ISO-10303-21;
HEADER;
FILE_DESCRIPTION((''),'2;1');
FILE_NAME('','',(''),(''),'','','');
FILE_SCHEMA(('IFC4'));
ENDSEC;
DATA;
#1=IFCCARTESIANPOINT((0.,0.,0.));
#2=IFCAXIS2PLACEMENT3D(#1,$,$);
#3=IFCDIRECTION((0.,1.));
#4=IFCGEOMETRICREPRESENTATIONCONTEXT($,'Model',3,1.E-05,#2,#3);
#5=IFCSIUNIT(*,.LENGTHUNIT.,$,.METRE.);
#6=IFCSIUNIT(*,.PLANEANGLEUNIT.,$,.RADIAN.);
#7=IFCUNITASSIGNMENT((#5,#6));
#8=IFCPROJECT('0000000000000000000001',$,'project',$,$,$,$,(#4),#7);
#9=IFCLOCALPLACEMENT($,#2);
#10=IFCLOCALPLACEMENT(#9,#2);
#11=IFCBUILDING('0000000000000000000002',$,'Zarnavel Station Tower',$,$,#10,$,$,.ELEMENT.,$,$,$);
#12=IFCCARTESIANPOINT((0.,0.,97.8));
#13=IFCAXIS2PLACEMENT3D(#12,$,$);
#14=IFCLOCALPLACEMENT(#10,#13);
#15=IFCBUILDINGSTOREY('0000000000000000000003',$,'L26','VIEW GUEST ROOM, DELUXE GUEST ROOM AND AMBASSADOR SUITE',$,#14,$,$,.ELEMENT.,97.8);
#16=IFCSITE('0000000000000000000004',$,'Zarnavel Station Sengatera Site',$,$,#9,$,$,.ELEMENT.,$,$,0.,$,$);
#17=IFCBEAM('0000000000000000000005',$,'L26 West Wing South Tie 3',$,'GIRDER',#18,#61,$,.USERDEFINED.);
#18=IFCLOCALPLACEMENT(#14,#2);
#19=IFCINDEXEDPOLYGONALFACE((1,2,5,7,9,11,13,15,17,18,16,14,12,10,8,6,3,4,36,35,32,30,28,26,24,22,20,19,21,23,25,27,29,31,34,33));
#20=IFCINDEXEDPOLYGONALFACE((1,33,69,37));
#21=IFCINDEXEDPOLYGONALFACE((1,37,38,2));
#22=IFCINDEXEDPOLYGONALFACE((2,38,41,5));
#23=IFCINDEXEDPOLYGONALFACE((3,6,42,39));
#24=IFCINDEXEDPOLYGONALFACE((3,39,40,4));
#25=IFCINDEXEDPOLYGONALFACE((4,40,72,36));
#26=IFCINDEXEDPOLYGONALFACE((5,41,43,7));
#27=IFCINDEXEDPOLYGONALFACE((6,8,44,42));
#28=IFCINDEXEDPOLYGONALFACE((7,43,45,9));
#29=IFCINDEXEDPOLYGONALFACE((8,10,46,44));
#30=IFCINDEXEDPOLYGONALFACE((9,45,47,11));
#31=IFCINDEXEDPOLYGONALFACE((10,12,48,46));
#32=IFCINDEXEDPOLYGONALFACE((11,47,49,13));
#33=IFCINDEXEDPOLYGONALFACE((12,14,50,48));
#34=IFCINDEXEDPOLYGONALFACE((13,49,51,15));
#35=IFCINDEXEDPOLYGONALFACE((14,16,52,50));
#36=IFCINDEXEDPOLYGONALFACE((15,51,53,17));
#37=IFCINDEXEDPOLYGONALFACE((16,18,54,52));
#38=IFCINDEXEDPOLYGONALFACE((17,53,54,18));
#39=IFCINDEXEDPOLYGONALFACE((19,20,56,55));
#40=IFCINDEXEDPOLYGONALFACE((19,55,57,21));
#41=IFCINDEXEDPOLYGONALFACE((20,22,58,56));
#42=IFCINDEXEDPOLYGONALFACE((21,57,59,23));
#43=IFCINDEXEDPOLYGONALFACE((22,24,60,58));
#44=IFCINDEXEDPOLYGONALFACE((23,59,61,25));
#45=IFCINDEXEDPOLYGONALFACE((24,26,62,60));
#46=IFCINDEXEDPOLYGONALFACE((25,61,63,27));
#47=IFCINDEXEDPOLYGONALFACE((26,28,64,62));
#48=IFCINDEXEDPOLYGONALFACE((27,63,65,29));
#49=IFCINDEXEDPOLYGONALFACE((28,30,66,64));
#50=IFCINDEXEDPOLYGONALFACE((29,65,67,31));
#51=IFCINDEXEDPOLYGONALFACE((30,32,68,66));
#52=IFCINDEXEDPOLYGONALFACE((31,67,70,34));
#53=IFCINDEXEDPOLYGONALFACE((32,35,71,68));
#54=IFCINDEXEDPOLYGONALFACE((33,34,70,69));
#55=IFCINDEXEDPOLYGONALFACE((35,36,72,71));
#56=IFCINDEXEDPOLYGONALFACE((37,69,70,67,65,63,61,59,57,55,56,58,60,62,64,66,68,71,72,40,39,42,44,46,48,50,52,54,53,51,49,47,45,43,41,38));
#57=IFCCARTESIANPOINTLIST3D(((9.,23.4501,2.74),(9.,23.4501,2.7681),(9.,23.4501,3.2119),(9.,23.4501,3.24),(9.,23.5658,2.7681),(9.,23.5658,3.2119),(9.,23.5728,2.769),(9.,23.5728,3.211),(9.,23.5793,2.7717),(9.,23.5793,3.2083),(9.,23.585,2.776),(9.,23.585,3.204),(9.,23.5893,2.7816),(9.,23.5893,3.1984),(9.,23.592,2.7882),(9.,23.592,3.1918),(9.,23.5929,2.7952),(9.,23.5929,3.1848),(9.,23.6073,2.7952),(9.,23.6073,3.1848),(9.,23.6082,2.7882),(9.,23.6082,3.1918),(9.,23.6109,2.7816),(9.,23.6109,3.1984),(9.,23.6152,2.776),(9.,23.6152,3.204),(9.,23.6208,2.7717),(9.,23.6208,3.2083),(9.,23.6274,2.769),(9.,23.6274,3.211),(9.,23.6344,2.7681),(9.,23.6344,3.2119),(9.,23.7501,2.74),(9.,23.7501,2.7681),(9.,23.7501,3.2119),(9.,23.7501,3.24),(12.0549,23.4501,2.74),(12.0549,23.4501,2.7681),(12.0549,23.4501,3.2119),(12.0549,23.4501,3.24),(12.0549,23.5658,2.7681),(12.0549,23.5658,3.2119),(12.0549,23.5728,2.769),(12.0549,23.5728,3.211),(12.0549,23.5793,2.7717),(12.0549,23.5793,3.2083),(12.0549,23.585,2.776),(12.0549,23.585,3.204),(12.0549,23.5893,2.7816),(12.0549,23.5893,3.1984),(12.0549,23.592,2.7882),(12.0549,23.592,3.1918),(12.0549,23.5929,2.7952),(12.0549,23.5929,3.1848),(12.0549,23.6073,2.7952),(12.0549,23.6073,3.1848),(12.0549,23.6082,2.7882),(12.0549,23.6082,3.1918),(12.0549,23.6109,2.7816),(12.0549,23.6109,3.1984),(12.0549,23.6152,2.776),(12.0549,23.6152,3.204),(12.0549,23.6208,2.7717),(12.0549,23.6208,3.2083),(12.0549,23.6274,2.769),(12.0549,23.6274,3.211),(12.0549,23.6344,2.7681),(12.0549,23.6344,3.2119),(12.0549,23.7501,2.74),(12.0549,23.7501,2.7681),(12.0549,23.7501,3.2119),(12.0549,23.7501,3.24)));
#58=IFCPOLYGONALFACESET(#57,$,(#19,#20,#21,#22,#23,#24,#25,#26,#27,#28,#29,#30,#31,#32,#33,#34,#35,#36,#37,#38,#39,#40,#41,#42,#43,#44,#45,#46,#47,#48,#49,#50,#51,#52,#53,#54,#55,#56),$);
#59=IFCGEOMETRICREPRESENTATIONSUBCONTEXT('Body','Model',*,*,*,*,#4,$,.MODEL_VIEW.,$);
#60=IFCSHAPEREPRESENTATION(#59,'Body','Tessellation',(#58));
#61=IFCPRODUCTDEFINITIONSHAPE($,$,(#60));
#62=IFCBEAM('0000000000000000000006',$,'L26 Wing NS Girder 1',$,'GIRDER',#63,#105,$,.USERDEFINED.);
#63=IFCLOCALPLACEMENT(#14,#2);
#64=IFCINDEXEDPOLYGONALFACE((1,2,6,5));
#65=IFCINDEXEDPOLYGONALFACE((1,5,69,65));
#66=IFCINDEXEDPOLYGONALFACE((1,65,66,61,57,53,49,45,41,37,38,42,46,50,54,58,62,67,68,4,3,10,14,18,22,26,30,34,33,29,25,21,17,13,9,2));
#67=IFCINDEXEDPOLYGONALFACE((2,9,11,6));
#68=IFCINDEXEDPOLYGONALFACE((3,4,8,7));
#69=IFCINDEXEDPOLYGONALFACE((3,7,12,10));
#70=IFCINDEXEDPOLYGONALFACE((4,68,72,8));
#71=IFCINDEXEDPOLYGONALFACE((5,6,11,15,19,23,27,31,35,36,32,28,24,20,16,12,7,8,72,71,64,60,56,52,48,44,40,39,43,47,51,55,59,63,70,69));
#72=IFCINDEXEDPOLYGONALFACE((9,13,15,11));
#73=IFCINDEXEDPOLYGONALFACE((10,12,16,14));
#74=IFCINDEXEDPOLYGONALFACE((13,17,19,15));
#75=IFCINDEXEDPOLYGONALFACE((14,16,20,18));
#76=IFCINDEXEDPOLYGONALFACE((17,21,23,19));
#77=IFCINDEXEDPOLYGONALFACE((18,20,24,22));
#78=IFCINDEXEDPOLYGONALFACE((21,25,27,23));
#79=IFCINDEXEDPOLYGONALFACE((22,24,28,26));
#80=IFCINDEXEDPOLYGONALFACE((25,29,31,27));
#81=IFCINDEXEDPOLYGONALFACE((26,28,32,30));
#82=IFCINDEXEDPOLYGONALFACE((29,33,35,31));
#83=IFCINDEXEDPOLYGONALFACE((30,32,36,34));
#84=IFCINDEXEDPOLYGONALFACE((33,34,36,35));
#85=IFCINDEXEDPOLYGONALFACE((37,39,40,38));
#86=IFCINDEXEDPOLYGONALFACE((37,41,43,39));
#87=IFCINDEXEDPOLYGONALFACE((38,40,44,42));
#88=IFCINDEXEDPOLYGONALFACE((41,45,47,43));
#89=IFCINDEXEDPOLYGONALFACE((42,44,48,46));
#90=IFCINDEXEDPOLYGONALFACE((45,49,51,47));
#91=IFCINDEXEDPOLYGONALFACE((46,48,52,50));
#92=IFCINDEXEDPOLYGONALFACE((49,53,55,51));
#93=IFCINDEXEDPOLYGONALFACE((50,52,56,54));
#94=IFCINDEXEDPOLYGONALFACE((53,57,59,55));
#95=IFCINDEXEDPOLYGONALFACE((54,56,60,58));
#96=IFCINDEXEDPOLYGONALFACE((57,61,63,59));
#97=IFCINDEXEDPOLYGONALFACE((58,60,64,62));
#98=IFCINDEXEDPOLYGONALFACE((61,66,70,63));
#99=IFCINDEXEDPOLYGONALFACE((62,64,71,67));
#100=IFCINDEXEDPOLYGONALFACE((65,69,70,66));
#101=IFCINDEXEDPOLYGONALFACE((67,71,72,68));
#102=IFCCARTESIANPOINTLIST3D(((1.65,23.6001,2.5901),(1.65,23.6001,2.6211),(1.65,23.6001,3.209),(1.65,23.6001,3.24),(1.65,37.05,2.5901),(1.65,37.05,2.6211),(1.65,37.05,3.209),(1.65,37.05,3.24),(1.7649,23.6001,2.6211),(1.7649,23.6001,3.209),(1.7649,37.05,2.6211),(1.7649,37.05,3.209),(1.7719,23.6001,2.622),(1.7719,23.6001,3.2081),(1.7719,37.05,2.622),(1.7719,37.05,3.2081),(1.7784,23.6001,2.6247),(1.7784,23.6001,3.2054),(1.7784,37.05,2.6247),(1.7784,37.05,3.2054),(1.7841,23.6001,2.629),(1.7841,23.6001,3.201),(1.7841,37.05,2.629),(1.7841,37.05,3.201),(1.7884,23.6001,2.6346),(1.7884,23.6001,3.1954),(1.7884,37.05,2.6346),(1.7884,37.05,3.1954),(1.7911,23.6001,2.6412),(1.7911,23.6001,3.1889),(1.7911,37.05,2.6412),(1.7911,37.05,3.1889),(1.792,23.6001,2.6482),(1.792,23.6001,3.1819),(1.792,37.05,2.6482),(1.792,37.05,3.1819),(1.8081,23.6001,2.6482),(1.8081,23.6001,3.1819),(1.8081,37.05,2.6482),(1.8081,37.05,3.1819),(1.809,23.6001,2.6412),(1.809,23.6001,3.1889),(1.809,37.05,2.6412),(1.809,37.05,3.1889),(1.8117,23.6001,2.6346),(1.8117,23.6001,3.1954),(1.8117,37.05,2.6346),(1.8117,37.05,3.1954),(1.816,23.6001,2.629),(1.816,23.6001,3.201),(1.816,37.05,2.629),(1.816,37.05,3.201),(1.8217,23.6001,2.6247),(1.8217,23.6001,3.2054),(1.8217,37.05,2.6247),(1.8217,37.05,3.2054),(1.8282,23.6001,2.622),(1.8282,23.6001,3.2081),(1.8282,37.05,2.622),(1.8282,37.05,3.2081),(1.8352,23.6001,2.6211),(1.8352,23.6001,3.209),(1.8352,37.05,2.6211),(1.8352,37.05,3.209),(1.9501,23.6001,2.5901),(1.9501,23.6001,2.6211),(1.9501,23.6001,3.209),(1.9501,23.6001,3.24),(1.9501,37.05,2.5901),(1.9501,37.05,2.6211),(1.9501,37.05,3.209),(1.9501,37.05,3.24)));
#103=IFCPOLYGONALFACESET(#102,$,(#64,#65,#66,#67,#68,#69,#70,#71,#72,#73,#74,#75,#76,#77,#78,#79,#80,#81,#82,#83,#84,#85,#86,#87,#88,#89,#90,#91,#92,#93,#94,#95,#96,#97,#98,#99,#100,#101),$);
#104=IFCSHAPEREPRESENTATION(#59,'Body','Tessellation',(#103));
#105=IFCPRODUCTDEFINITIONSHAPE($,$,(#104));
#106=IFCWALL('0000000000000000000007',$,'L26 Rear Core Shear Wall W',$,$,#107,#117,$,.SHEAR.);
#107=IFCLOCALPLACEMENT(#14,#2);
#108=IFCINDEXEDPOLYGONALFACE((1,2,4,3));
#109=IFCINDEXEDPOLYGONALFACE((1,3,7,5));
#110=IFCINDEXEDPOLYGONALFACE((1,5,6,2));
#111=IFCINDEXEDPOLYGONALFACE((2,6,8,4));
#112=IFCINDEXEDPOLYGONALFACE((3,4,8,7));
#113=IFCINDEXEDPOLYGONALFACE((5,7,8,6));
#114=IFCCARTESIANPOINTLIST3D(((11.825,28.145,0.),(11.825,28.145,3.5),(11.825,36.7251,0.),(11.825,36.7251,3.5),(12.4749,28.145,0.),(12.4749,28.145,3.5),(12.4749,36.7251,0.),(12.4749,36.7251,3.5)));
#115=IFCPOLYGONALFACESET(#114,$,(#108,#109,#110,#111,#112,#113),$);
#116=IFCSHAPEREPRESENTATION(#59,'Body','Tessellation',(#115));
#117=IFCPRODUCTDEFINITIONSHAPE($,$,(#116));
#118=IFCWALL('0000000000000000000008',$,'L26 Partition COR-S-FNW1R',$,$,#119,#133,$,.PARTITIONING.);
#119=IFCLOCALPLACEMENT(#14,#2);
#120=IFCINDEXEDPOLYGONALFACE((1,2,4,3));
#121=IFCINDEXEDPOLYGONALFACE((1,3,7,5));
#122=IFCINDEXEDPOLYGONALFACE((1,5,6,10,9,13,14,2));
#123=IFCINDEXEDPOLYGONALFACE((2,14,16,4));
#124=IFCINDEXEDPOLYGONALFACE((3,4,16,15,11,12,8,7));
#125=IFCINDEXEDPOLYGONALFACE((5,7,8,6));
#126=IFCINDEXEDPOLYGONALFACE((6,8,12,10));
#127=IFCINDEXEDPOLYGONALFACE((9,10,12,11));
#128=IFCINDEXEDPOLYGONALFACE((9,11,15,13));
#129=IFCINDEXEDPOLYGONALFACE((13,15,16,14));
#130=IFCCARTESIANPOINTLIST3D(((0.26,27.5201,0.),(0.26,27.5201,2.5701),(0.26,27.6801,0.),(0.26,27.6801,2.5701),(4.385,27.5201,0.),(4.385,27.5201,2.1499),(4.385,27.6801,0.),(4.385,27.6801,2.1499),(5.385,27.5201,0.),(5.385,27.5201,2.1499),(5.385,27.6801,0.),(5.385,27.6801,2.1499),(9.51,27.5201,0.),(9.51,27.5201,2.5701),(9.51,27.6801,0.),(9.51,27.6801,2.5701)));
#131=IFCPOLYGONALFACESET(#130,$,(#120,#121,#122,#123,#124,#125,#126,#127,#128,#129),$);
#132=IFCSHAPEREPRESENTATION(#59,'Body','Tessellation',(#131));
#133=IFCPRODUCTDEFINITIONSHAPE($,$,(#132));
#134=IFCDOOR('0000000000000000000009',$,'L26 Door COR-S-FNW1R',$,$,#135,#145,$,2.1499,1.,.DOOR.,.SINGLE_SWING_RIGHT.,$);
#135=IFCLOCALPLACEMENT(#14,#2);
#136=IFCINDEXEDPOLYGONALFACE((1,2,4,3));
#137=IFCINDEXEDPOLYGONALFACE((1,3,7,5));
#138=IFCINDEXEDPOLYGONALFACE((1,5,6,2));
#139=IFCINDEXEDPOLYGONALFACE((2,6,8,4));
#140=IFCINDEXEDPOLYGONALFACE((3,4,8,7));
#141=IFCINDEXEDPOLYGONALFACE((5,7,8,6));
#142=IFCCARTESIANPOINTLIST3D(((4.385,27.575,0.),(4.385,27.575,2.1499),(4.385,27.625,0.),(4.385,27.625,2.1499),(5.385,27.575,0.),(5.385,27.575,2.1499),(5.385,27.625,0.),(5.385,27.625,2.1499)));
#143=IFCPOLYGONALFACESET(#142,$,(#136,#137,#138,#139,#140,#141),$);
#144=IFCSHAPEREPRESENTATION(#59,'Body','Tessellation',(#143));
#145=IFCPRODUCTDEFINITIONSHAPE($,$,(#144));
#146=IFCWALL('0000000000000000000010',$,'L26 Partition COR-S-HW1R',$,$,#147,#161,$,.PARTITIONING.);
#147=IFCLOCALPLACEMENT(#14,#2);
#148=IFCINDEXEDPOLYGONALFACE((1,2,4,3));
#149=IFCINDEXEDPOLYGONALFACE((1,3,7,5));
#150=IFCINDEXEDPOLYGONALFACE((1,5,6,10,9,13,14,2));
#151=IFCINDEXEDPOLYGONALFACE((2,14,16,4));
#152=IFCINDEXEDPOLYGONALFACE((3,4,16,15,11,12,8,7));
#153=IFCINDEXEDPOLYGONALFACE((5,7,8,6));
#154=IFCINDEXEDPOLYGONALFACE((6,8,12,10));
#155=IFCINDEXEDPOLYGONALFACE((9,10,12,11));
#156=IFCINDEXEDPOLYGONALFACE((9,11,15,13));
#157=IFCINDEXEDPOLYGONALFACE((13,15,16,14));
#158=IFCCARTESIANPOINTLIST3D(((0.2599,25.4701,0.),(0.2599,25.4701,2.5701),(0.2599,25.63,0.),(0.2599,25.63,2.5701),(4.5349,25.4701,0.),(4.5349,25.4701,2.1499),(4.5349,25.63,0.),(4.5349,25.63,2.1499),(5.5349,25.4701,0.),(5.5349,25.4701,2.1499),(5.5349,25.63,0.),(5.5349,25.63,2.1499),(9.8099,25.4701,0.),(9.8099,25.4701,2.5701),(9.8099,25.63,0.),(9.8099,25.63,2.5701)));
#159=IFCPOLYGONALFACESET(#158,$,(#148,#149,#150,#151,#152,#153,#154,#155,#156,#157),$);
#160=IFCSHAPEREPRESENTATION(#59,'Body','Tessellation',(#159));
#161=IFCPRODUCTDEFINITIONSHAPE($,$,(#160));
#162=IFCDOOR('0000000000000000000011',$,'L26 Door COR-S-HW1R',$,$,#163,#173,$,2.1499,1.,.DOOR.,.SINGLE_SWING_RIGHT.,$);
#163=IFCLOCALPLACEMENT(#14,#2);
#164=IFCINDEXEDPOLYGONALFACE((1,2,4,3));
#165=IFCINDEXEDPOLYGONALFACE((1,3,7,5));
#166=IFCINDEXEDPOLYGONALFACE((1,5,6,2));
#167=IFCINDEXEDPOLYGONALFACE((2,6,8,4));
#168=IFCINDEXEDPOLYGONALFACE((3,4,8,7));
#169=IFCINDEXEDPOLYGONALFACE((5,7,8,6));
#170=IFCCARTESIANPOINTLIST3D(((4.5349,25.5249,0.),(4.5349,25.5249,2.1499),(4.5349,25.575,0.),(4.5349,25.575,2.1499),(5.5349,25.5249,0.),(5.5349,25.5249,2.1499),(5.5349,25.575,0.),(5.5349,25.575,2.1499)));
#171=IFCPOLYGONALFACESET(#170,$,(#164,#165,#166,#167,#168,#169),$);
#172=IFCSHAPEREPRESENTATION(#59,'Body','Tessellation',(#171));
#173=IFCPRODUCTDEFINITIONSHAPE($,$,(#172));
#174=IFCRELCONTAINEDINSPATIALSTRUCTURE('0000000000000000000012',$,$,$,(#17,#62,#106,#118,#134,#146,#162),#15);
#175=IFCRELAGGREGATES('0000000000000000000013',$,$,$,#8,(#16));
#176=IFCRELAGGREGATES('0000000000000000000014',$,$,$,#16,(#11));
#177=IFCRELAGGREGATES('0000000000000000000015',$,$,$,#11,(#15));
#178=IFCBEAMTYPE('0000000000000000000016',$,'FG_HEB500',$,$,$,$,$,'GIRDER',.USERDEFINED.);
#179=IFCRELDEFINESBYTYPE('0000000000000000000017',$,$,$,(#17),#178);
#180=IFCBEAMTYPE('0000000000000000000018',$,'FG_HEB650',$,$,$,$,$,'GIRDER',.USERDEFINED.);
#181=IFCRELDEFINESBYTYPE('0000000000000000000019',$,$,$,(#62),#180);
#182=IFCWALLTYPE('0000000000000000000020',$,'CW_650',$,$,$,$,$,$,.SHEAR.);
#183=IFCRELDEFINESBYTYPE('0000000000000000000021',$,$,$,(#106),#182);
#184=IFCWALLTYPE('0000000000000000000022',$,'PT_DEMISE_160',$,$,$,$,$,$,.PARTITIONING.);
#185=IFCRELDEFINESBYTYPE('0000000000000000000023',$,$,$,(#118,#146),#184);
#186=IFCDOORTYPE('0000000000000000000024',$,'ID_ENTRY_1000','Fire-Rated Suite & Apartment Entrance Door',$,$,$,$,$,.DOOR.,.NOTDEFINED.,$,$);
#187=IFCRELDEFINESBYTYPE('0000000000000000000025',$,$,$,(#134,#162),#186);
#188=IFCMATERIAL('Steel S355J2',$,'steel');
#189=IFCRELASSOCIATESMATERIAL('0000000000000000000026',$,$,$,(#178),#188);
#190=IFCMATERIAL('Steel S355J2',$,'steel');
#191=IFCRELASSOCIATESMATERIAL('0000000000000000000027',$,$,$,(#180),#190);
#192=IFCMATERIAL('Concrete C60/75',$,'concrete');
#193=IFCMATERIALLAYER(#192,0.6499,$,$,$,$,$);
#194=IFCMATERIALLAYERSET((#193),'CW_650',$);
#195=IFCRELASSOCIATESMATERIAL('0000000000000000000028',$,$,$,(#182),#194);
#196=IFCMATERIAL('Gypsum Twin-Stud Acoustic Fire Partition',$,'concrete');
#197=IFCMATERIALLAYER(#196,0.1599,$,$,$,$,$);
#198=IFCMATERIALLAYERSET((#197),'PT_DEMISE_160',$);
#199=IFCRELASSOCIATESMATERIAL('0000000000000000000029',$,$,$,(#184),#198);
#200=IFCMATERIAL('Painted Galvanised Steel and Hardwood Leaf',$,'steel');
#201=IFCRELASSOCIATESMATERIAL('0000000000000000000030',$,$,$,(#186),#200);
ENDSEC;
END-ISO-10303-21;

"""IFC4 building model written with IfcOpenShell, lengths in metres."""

from ifc_helpers import new_model, si_unit, direction, frame, frame_2d, origin, origin_2d, place, context, subcontext, project, spatial, rectangle, i_section, extrude, material, layer, layer_set, material_profile, profile_set, type_object, element, fill, save


model = new_model("IFC4")

# Units and contexts
model_context = context("Model", 3, precision=1e-05, world=origin(), true_north=direction((0.0, 1.0)))
body_context = subcontext(model_context, "Body", "Model", "MODEL_VIEW")
ifc_project = project(units=[si_unit("LENGTHUNIT", "METRE"), si_unit("PLANEANGLEUNIT", "RADIAN")], contexts=[model_context])

# Site, building, storey
site_placement = place(None, origin())
site = spatial("IfcSite", under=ifc_project, at=site_placement, Name="Zarnavel Station Sengatera Site", CompositionType="ELEMENT", RefElevation=0.0)
building_placement = place(site_placement, origin())
building = spatial("IfcBuilding", under=site, at=building_placement, Name="Zarnavel Station Tower", CompositionType="ELEMENT")
storey_placement = place(building_placement, frame((0.0, 0.0, 97.8)))
storey = spatial("IfcBuildingStorey", under=building, at=storey_placement, Name="L26", Description="VIEW GUEST ROOM, DELUXE GUEST ROOM AND AMBASSADOR SUITE", CompositionType="ELEMENT", Elevation=97.8)

# Beams
ifc_material_1 = material(Name="Steel S355J2", Category="steel")
ifc_material_profile_1 = material_profile(ifc_material_1, i_section(OverallWidth=0.3, OverallDepth=0.5, WebThickness=0.0144, FlangeThickness=0.0281, FilletRadius=0.0271, at=origin_2d()), Name="HEB500")
ifc_profile_set_1 = profile_set([ifc_material_profile_1], Name="Steel S355J2")
beam_type_1 = type_object("IfcBeamType", Name="FG_HEB500", ElementType="GIRDER", PredefinedType="USERDEFINED", material=ifc_profile_set_1)
beam_1_placement = place(storey_placement, frame((9.0, 23.6001, 2.99), z_axis=(1.0, 0.0, 0.0), x_axis=(0.0, 1.0, 0.0)))
element("IfcBeam", 1, at=beam_1_placement, inside=storey, type_object=beam_type_1, Name="L26 West Wing South Tie 3", ObjectType="GIRDER", PredefinedType="USERDEFINED", context=body_context, shape_type="SweptSolid", body=[
    extrude(i_section(OverallWidth=0.3, OverallDepth=0.5, WebThickness=0.0144, FlangeThickness=0.0281, FilletRadius=0.0271, at=origin_2d()), origin(), (0.0, 0.0, 1.0), 3.0549),
])
ifc_material_2 = material(Name="Steel S355J2", Category="steel")
ifc_material_profile_2 = material_profile(ifc_material_2, i_section(OverallWidth=0.3, OverallDepth=0.6499, WebThickness=0.0161, FlangeThickness=0.031, FilletRadius=0.0271, at=origin_2d()), Name="HEB650")
ifc_profile_set_2 = profile_set([ifc_material_profile_2], Name="Steel S355J2")
beam_type_2 = type_object("IfcBeamType", Name="FG_HEB650", ElementType="GIRDER", PredefinedType="USERDEFINED", material=ifc_profile_set_2)
beam_2_placement = place(storey_placement, frame((1.8, 23.6001, 2.915), z_axis=(0.0, 1.0, 0.0), x_axis=(-1.0, 0.0, 0.0)))
element("IfcBeam", 2, at=beam_2_placement, inside=storey, type_object=beam_type_2, Name="L26 Wing NS Girder 1", ObjectType="GIRDER", PredefinedType="USERDEFINED", context=body_context, shape_type="SweptSolid", body=[
    extrude(i_section(OverallWidth=0.3, OverallDepth=0.6499, WebThickness=0.0161, FlangeThickness=0.031, FilletRadius=0.0271, at=origin_2d()), origin(), (0.0, 0.0, 1.0), 13.45),
])

# Wall
ifc_material_3 = material(Name="Concrete C60/75", Category="concrete")
ifc_layer_1 = layer(ifc_material_3, 0.6499)
ifc_layer_set_1 = layer_set([ifc_layer_1], Name="CW_650")
wall_type_1 = type_object("IfcWallType", Name="CW_650", PredefinedType="SHEAR", material=ifc_layer_set_1)
wall_1_placement = place(storey_placement, frame((12.1499, 28.145, 0.0), z_axis=(0.0, 0.0, 1.0), x_axis=(0.0, 1.0, 0.0)))
element("IfcWall", 3, at=wall_1_placement, inside=storey, type_object=wall_type_1, Name="L26 Rear Core Shear Wall W", PredefinedType="SHEAR", context=body_context, shape_type="SweptSolid", body=[
    extrude(rectangle(XDim=8.5801, YDim=0.6499, at=frame_2d((4.29, 0.0))), origin(), (0.0, 0.0, 1.0), 3.5),
])

# Walls, openings, doors
ifc_material_4 = material(Name="Gypsum Twin-Stud Acoustic Fire Partition", Category="concrete")
ifc_layer_2 = layer(ifc_material_4, 0.1599)
ifc_layer_set_2 = layer_set([ifc_layer_2], Name="PT_DEMISE_160")
wall_type_2 = type_object("IfcWallType", Name="PT_DEMISE_160", PredefinedType="PARTITIONING", material=ifc_layer_set_2)
wall_2_placement = place(storey_placement, frame((0.26, 27.6001, 0.0), z_axis=(0.0, 0.0, 1.0), x_axis=(1.0, 0.0, 0.0)))
wall_2 = element("IfcWall", 4, at=wall_2_placement, inside=storey, type_object=wall_type_2, Name="L26 Partition COR-S-FNW1R", PredefinedType="PARTITIONING", context=body_context, shape_type="SweptSolid", body=[
    extrude(rectangle(XDim=9.25, YDim=0.1599, at=frame_2d((4.625, 0.0))), origin(), (0.0, 0.0, 1.0), 2.5701),
])
opening_1_placement = place(wall_2_placement, frame((4.125, 0.0, 0.0)))
opening_1 = element("IfcOpeningElement", 5, at=opening_1_placement, cuts=wall_2, PredefinedType="OPENING", context=body_context, shape_type="SweptSolid", body=[
    extrude(rectangle(XDim=1.0, YDim=2.1499, at=frame_2d((0.5, 1.075))), frame((0.0, 0.0898, 0.0), z_axis=(0.0, -1.0, 0.0), x_axis=(1.0, 0.0, 0.0)), (0.0, 0.0, 1.0), 0.1799),
])
ifc_material_5 = material(Name="Painted Galvanised Steel and Hardwood Leaf", Category="steel")
door_type_1 = type_object("IfcDoorType", Name="ID_ENTRY_1000", Description="Fire-Rated Suite & Apartment Entrance Door", OperationType="NOTDEFINED", PredefinedType="DOOR", material=ifc_material_5)
door_1_placement = place(opening_1_placement, origin())
door_1 = element("IfcDoor", 6, at=door_1_placement, inside=storey, type_object=door_type_1, Name="L26 Door COR-S-FNW1R", OperationType="SINGLE_SWING_RIGHT", OverallHeight=2.1499, OverallWidth=1.0, PredefinedType="DOOR", context=body_context, shape_type="SweptSolid", body=[
    extrude(rectangle(XDim=1.0, YDim=2.1499, at=frame_2d((0.5, 1.075))), frame((0.0, 0.0249, 0.0), z_axis=(0.0, -1.0, 0.0), x_axis=(1.0, 0.0, 0.0)), (0.0, 0.0, 1.0), 0.05),
])
fill(opening_1, door_1)
wall_3_placement = place(storey_placement, frame((0.26, 25.55, 0.0), z_axis=(0.0, 0.0, 1.0), x_axis=(1.0, 0.0, 0.0)))
wall_3 = element("IfcWall", 7, at=wall_3_placement, inside=storey, type_object=wall_type_2, Name="L26 Partition COR-S-HW1R", PredefinedType="PARTITIONING", context=body_context, shape_type="SweptSolid", body=[
    extrude(rectangle(XDim=9.55, YDim=0.1599, at=frame_2d((4.7749, 0.0))), origin(), (0.0, 0.0, 1.0), 2.5701),
])
opening_2_placement = place(wall_3_placement, frame((4.2749, 0.0, 0.0)))
opening_2 = element("IfcOpeningElement", 8, at=opening_2_placement, cuts=wall_3, PredefinedType="OPENING", context=body_context, shape_type="SweptSolid", body=[
    extrude(rectangle(XDim=1.0, YDim=2.1499, at=frame_2d((0.5, 1.075))), frame((0.0, 0.0898, 0.0), z_axis=(0.0, -1.0, 0.0), x_axis=(1.0, 0.0, 0.0)), (0.0, 0.0, 1.0), 0.1799),
])
door_2_placement = place(opening_2_placement, origin())
door_2 = element("IfcDoor", 9, at=door_2_placement, inside=storey, type_object=door_type_1, Name="L26 Door COR-S-HW1R", OperationType="SINGLE_SWING_RIGHT", OverallHeight=2.1499, OverallWidth=1.0, PredefinedType="DOOR", context=body_context, shape_type="SweptSolid", body=[
    extrude(rectangle(XDim=1.0, YDim=2.1499, at=frame_2d((0.5, 1.075))), frame((0.0, 0.0249, 0.0), z_axis=(0.0, -1.0, 0.0), x_axis=(1.0, 0.0, 0.0)), (0.0, 0.0, 1.0), 0.05),
])
fill(opening_2, door_2)

save(model, "model.ifc")
